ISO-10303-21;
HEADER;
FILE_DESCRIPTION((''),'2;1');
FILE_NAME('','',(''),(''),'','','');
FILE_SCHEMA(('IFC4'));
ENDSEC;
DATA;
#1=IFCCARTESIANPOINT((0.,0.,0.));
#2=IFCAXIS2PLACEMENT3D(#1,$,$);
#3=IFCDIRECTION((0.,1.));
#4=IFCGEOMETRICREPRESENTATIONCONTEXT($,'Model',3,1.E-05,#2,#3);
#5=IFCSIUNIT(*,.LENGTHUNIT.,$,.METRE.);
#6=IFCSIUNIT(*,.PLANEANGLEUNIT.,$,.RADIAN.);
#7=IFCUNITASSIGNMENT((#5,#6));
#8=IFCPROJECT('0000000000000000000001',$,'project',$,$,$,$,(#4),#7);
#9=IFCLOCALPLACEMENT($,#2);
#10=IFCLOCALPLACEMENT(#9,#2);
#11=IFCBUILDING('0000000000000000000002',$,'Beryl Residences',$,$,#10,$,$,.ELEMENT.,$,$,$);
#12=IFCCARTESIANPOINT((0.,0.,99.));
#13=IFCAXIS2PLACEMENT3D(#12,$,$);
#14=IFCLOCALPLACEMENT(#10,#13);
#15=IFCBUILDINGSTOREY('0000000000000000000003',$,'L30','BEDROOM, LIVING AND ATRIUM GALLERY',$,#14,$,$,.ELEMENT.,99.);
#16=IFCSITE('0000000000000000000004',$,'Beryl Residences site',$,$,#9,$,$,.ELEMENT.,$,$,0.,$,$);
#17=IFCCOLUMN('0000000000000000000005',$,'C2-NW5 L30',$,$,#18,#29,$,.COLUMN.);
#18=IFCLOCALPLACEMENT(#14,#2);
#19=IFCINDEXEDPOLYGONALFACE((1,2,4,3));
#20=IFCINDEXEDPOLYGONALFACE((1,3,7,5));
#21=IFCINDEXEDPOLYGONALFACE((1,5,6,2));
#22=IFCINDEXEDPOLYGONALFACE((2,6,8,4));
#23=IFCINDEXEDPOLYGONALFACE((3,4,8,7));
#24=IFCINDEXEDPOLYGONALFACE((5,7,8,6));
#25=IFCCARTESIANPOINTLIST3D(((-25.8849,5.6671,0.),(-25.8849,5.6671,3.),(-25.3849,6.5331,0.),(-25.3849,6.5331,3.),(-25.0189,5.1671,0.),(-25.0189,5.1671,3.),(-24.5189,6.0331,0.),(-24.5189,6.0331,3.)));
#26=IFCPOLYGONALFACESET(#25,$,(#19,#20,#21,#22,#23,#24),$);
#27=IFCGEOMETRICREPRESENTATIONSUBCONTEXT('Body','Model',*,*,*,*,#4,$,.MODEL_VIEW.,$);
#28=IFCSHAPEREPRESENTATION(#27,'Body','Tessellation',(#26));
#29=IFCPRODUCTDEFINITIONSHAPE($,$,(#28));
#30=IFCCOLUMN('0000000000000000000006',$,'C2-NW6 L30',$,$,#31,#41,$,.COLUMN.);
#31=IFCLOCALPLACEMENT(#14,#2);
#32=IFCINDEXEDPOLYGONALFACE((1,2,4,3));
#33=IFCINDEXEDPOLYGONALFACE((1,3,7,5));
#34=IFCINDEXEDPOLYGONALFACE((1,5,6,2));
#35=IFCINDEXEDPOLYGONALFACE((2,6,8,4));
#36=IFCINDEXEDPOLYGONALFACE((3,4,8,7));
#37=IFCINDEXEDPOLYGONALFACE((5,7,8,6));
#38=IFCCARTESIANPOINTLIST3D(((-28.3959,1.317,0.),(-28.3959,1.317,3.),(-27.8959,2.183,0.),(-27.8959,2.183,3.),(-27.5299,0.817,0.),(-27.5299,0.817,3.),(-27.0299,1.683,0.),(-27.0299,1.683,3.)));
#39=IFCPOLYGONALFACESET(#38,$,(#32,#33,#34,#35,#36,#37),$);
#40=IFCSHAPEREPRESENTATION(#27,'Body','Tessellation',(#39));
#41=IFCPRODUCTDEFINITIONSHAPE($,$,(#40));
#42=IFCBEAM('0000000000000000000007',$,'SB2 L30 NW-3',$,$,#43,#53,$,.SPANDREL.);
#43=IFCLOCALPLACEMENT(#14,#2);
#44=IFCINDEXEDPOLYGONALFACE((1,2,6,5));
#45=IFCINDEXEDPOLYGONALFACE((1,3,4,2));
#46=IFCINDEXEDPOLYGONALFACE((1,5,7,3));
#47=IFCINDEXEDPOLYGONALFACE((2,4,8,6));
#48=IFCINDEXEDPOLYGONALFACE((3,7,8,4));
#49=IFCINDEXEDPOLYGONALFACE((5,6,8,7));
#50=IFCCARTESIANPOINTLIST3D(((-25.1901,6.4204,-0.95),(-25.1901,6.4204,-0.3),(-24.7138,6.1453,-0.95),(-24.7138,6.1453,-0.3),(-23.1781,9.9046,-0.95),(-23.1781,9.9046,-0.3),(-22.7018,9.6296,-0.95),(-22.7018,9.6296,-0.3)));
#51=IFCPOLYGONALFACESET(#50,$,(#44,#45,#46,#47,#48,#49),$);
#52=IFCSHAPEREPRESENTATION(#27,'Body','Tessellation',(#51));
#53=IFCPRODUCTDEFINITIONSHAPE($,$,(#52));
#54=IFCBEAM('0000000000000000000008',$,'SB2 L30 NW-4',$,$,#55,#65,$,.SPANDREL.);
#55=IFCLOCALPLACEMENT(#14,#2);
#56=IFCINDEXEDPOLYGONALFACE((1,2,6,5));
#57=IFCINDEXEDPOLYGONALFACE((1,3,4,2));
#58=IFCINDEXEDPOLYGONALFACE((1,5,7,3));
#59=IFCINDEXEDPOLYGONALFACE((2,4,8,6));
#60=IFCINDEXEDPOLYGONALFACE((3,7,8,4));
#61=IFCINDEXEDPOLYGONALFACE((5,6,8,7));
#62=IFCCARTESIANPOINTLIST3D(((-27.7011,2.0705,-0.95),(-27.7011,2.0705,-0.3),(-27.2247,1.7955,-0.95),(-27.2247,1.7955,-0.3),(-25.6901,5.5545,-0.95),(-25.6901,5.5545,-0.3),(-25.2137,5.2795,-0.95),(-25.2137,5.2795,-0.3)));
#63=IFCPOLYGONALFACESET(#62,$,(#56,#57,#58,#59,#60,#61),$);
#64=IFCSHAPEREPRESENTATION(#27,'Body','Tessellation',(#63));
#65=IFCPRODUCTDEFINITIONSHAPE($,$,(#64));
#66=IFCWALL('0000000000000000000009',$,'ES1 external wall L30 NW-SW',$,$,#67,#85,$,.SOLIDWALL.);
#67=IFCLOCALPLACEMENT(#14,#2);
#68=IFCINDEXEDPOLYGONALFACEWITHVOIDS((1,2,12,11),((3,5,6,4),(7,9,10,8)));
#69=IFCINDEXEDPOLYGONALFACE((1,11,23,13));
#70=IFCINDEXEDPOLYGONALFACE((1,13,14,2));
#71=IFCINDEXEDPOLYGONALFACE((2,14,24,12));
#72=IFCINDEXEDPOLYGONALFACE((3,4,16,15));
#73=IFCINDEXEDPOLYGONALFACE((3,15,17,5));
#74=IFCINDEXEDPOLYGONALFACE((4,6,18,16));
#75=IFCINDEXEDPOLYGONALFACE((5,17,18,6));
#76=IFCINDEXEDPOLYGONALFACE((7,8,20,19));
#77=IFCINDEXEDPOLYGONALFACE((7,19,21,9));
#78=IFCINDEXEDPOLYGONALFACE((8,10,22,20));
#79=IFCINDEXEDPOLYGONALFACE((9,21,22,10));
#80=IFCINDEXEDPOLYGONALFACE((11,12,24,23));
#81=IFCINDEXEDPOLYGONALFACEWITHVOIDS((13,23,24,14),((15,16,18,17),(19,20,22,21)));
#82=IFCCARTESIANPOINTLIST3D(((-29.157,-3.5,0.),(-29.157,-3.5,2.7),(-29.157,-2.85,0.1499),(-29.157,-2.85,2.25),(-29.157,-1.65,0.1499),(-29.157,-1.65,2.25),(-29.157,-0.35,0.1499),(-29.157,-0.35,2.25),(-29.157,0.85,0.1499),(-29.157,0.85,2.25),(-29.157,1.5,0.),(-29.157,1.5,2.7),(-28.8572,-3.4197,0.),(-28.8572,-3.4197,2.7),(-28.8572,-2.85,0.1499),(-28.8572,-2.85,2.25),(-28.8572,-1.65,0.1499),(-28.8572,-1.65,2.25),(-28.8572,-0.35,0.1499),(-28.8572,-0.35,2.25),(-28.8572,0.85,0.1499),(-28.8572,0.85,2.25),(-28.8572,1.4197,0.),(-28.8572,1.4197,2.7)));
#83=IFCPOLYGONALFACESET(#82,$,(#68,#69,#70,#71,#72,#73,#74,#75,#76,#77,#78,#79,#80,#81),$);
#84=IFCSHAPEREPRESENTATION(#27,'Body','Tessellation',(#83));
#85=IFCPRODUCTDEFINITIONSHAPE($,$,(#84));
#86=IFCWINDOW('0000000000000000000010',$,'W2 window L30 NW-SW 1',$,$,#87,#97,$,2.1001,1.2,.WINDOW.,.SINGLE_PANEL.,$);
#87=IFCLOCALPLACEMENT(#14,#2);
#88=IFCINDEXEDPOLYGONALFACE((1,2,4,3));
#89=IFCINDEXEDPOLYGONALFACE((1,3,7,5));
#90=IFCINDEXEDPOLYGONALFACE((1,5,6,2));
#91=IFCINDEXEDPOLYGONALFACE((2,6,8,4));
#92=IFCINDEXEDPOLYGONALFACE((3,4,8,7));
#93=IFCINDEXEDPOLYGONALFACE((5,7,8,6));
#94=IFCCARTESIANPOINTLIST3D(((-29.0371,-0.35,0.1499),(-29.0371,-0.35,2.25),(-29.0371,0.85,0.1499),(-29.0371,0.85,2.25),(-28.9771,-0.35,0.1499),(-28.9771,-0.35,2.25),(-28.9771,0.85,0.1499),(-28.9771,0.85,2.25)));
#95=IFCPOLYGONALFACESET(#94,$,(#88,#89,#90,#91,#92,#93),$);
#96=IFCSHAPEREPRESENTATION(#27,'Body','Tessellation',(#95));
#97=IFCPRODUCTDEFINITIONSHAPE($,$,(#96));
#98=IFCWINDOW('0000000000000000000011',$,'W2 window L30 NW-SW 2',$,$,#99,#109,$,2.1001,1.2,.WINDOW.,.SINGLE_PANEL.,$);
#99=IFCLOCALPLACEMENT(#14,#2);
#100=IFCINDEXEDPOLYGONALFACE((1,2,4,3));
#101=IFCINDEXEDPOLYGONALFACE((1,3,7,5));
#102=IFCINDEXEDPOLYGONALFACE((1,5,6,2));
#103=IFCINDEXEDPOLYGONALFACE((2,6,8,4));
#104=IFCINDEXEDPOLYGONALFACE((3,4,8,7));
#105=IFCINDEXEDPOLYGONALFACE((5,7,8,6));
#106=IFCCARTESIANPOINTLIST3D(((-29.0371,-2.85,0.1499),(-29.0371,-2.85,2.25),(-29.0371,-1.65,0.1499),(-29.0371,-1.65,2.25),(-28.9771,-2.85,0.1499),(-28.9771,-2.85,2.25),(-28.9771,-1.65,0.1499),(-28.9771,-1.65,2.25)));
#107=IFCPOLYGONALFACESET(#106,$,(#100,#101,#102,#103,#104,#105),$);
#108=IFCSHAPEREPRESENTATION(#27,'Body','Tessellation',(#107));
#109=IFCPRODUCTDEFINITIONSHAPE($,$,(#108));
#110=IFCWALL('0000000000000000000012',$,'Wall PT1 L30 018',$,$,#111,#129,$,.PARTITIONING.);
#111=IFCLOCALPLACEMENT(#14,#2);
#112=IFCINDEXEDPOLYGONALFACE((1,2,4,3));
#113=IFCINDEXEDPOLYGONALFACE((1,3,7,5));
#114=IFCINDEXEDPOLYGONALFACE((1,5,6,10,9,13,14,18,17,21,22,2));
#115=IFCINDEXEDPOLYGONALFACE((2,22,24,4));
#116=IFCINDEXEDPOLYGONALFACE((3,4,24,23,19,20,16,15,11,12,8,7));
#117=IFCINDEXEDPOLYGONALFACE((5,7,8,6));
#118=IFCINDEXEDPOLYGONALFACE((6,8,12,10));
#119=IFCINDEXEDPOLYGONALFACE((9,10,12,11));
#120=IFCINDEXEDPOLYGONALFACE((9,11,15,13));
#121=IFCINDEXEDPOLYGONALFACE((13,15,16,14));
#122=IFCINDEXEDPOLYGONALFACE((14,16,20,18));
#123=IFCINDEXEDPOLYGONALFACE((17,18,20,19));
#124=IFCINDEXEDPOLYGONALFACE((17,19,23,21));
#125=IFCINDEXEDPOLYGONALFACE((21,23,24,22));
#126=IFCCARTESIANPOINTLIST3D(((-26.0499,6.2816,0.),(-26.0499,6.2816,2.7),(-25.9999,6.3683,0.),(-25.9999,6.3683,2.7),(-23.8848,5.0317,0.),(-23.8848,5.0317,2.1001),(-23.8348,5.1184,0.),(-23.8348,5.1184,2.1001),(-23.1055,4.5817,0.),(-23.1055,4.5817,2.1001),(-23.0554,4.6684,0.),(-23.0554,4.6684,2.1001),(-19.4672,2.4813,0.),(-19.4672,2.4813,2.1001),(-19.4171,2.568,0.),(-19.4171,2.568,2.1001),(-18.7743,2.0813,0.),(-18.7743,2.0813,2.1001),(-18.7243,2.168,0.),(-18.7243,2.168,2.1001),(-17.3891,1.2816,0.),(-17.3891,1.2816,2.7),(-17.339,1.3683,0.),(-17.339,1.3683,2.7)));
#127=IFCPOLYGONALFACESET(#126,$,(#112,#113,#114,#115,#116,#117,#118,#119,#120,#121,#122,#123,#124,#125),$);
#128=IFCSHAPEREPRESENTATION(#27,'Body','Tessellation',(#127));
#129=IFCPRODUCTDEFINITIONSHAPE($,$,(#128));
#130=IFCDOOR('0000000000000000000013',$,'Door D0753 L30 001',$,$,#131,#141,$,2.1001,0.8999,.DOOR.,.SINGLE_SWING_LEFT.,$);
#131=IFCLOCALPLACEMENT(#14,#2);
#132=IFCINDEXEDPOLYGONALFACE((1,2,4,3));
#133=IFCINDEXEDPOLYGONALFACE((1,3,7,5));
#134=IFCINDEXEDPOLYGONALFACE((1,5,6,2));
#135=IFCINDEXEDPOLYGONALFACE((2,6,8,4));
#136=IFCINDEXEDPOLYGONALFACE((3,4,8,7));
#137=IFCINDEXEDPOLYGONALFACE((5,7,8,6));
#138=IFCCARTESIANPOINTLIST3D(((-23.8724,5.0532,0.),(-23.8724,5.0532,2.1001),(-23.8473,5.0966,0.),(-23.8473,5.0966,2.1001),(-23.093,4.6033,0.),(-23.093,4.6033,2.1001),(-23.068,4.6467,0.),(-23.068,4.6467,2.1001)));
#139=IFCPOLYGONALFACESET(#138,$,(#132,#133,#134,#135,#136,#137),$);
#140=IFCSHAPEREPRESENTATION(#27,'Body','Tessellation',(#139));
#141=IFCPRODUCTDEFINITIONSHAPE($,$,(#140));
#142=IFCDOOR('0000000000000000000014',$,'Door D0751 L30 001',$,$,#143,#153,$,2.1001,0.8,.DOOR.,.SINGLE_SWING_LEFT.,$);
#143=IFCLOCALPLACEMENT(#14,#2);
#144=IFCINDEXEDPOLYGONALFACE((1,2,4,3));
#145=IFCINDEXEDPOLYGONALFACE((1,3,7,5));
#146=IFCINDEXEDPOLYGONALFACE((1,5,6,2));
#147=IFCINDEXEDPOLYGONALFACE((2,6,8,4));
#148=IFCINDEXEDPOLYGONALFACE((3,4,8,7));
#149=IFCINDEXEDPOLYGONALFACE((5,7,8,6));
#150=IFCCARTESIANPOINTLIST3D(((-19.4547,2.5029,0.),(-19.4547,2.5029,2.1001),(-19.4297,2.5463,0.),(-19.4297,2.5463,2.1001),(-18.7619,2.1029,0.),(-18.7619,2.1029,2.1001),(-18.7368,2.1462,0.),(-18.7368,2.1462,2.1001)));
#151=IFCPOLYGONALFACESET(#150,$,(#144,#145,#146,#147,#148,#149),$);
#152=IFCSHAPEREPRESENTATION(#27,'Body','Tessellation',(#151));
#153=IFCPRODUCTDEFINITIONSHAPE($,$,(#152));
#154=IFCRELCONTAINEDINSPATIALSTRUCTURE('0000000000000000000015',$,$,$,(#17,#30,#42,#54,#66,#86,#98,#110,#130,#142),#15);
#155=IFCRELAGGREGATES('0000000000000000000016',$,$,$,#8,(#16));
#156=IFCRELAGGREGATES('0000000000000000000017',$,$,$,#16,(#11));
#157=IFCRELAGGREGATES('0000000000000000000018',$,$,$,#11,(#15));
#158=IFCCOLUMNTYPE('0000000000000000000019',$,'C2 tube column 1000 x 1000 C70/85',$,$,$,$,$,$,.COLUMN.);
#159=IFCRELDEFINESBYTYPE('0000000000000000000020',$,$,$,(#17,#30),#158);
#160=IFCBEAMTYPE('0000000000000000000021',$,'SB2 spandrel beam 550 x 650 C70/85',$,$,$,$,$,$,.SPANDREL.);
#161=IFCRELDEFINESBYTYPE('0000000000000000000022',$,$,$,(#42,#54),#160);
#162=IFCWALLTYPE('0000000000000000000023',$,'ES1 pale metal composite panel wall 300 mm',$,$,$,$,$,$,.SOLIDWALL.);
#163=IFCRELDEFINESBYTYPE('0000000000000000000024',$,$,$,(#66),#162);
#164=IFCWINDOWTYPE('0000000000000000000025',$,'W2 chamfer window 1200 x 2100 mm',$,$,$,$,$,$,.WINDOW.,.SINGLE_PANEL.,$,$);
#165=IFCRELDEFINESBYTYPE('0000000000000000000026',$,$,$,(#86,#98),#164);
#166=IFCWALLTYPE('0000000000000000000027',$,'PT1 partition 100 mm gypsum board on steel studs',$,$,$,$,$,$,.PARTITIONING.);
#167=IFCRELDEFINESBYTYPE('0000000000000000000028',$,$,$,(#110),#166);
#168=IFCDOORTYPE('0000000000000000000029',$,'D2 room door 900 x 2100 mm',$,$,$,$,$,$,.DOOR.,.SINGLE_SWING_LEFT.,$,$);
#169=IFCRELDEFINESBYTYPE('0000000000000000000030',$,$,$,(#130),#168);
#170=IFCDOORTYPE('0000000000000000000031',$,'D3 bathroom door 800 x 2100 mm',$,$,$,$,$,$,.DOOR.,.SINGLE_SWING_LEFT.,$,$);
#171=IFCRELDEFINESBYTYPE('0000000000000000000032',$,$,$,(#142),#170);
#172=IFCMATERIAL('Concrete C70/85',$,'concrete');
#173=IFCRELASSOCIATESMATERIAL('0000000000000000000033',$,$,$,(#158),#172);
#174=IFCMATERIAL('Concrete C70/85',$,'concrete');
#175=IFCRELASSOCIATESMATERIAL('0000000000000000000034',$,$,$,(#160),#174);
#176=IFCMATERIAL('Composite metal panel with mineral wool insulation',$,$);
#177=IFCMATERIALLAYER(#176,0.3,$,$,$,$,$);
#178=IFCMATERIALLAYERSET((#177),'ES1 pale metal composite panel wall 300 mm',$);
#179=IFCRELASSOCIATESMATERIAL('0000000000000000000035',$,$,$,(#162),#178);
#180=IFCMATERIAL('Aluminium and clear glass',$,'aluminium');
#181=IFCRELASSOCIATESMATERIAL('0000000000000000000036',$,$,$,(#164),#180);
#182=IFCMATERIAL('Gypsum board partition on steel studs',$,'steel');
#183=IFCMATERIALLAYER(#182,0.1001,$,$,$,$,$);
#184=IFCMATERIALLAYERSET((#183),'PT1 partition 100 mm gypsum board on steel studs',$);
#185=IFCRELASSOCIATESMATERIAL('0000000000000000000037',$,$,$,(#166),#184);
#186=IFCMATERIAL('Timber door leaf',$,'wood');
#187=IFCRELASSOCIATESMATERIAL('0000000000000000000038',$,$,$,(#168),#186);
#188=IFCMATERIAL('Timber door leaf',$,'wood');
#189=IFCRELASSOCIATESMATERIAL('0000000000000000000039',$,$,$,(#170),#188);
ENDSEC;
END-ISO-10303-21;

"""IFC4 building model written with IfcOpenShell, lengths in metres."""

from ifc_helpers import new_model, si_unit, direction, frame, frame_2d, origin, origin_2d, place, context, subcontext, project, spatial, polyline, rectangle, outline, extrude, material, layer, layer_set, material_profile, profile_set, type_object, element, fill, save


model = new_model("IFC4")

# Units and contexts
model_context = context("Model", 3, precision=1e-05, world=origin(), true_north=direction((0.0, 1.0)))
body_context = subcontext(model_context, "Body", "Model", "MODEL_VIEW")
ifc_project = project(units=[si_unit("LENGTHUNIT", "METRE"), si_unit("PLANEANGLEUNIT", "RADIAN")], contexts=[model_context])

# Site, building, storey
site_placement = place(None, origin())
site = spatial("IfcSite", under=ifc_project, at=site_placement, Name="Beryl Residences site", CompositionType="ELEMENT", RefElevation=0.0)
building_placement = place(site_placement, origin())
building = spatial("IfcBuilding", under=site, at=building_placement, Name="Beryl Residences", CompositionType="ELEMENT")
storey_placement = place(building_placement, frame((0.0, 0.0, 99.0)))
storey = spatial("IfcBuildingStorey", under=building, at=storey_placement, Name="L30", Description="BEDROOM, LIVING AND ATRIUM GALLERY", CompositionType="ELEMENT", Elevation=99.0)

# Columns
ifc_material_1 = material(Name="Concrete C70/85", Category="concrete")
ifc_material_profile_1 = material_profile(ifc_material_1, rectangle(XDim=1.0, YDim=1.0, at=origin_2d()))
ifc_profile_set_1 = profile_set([ifc_material_profile_1], Name="Concrete C70/85")
column_type = type_object("IfcColumnType", Name="C2 tube column 1000 x 1000 C70/85", PredefinedType="COLUMN", material=ifc_profile_set_1)
for number, where, z_axis, x_axis, name in (
    (1, (-25.2019, 5.8501, 0.0), (0.0, 0.0, 1.0), (-0.5, -0.866025, 0.0), "C2-NW5 L30"),
    (2, (-27.7129, 1.5, 0.0), (0.0, 0.0, 1.0), (-0.5, -0.866025, 0.0), "C2-NW6 L30"),
):
    element("IfcColumn", number, at=place(storey_placement, frame(where, z_axis=z_axis, x_axis=x_axis)), inside=storey, type_object=column_type, Name=name, PredefinedType="COLUMN", context=body_context, shape_type="SweptSolid", body=[
        extrude(rectangle(XDim=1.0, YDim=1.0, at=origin_2d()), origin(), (0.0, 0.0, 1.0), 3.0),
    ])

# Beams
ifc_material_2 = material(Name="Concrete C70/85", Category="concrete")
ifc_material_profile_2 = material_profile(ifc_material_2, rectangle(XDim=0.55, YDim=0.6499, at=origin_2d()))
ifc_profile_set_2 = profile_set([ifc_material_profile_2], Name="Concrete C70/85")
beam_type = type_object("IfcBeamType", Name="SB2 spandrel beam 550 x 650 C70/85", PredefinedType="SPANDREL", material=ifc_profile_set_2)
beam_1_placement = place(storey_placement, frame((-22.9399, 9.7671, -0.625), z_axis=(-0.500074, -0.865982, 0.0), x_axis=(0.865982, -0.500074, 0.0)))
element("IfcBeam", 3, at=beam_1_placement, inside=storey, type_object=beam_type, Name="SB2 L30 NW-3", PredefinedType="SPANDREL", context=body_context, shape_type="SweptSolid", body=[
    extrude(rectangle(XDim=0.55, YDim=0.6499, at=origin_2d()), origin(), (0.0, 0.0, 1.0), 4.0234),
])
beam_2_placement = place(storey_placement, frame((-25.4519, 5.417, -0.625), z_axis=(-0.499919, -0.866072, 0.0), x_axis=(0.866072, -0.499919, 0.0)))
element("IfcBeam", 4, at=beam_2_placement, inside=storey, type_object=beam_type, Name="SB2 L30 NW-4", PredefinedType="SPANDREL", context=body_context, shape_type="SweptSolid", body=[
    extrude(rectangle(XDim=0.55, YDim=0.6499, at=origin_2d()), origin(), (0.0, 0.0, 1.0), 4.0227),
])

# Wall, openings, windows
ifc_material_3 = material(Name="Composite metal panel with mineral wool insulation")
ifc_layer_1 = layer(ifc_material_3, 0.3)
ifc_layer_set_1 = layer_set([ifc_layer_1], Name="ES1 pale metal composite panel wall 300 mm")
wall_type_1 = type_object("IfcWallType", Name="ES1 pale metal composite panel wall 300 mm", PredefinedType="SOLIDWALL", material=ifc_layer_set_1)
wall_1_placement = place(storey_placement, frame((-29.0071, 1.5, 0.0), z_axis=(0.0, 0.0, 1.0), x_axis=(0.0, -1.0, 0.0)))
wall_1 = element("IfcWall", 5, at=wall_1_placement, inside=storey, type_object=wall_type_1, Name="ES1 external wall L30 NW-SW", PredefinedType="SOLIDWALL", context=body_context, shape_type="SweptSolid", body=[
    extrude(outline(polyline([(0.0, -0.1499), (5.0, -0.1499), (4.9197, 0.1499), (0.0803, 0.1499), (0.0, -0.1499)])), origin(), (0.0, 0.0, 1.0), 2.7),
])
opening_1_placement = place(wall_1_placement, frame((0.6499, 0.0, 0.1499)))
opening_1 = element("IfcOpeningElement", 6, at=opening_1_placement, cuts=wall_1, PredefinedType="OPENING", context=body_context, shape_type="SweptSolid", body=[
    extrude(rectangle(XDim=1.2, YDim=2.1001, at=frame_2d((0.6001, 1.05))), frame((0.0, 0.1599, 0.0), z_axis=(0.0, -1.0, 0.0), x_axis=(1.0, 0.0, 0.0)), (0.0, 0.0, 1.0), 0.3201),
])
opening_2_placement = place(wall_1_placement, frame((3.1499, 0.0, 0.1499)))
opening_2 = element("IfcOpeningElement", 7, at=opening_2_placement, cuts=wall_1, PredefinedType="OPENING", context=body_context, shape_type="SweptSolid", body=[
    extrude(rectangle(XDim=1.2, YDim=2.1001, at=frame_2d((0.6001, 1.05))), frame((0.0, 0.1599, 0.0), z_axis=(0.0, -1.0, 0.0), x_axis=(1.0, 0.0, 0.0)), (0.0, 0.0, 1.0), 0.3201),
])
ifc_material_4 = material(Name="Aluminium and clear glass", Category="aluminium")
window_type = type_object("IfcWindowType", Name="W2 chamfer window 1200 x 2100 mm", PartitioningType="SINGLE_PANEL", PredefinedType="WINDOW", material=ifc_material_4)
window_1_placement = place(opening_1_placement, origin())
window_1 = element("IfcWindow", 8, at=window_1_placement, inside=storey, type_object=window_type, Name="W2 window L30 NW-SW 1", OverallHeight=2.1001, OverallWidth=1.2, PartitioningType="SINGLE_PANEL", PredefinedType="WINDOW", context=body_context, shape_type="SweptSolid", body=[
    extrude(rectangle(XDim=1.2, YDim=2.1001, at=frame_2d((0.6001, 1.05))), frame((0.0, 0.03, 0.0), z_axis=(0.0, -1.0, 0.0), x_axis=(1.0, 0.0, 0.0)), (0.0, 0.0, 1.0), 0.0601),
])
fill(opening_1, window_1)
window_2_placement = place(opening_2_placement, origin())
window_2 = element("IfcWindow", 9, at=window_2_placement, inside=storey, type_object=window_type, Name="W2 window L30 NW-SW 2", OverallHeight=2.1001, OverallWidth=1.2, PartitioningType="SINGLE_PANEL", PredefinedType="WINDOW", context=body_context, shape_type="SweptSolid", body=[
    extrude(rectangle(XDim=1.2, YDim=2.1001, at=frame_2d((0.6001, 1.05))), frame((0.0, 0.03, 0.0), z_axis=(0.0, -1.0, 0.0), x_axis=(1.0, 0.0, 0.0)), (0.0, 0.0, 1.0), 0.0601),
])
fill(opening_2, window_2)

# Wall, openings, doors
ifc_material_5 = material(Name="Gypsum board partition on steel studs", Category="steel")
ifc_layer_2 = layer(ifc_material_5, 0.1001)
ifc_layer_set_2 = layer_set([ifc_layer_2], Name="PT1 partition 100 mm gypsum board on steel studs")
wall_type_2 = type_object("IfcWallType", Name="PT1 partition 100 mm gypsum board on steel studs", PredefinedType="PARTITIONING", material=ifc_layer_set_2)
wall_2_placement = place(storey_placement, frame((-26.0249, 6.325, 0.0), z_axis=(0.0, 0.0, 1.0), x_axis=(0.866041, -0.499973, 0.0)))
wall_2 = element("IfcWall", 10, at=wall_2_placement, inside=storey, type_object=wall_type_2, Name="Wall PT1 L30 018", PredefinedType="PARTITIONING", context=body_context, shape_type="SweptSolid", body=[
    extrude(rectangle(XDim=10.0005, YDim=0.1001, at=frame_2d((5.0002, 0.0))), origin(), (0.0, 0.0, 1.0), 2.7),
])
opening_3_placement = place(wall_2_placement, frame((7.6011, 0.0, 0.0)))
opening_3 = element("IfcOpeningElement", 11, at=opening_3_placement, cuts=wall_2, PredefinedType="OPENING", context=body_context, shape_type="SweptSolid", body=[
    extrude(rectangle(XDim=0.8, YDim=2.1001, at=frame_2d((0.3999, 1.05))), frame((0.0, 0.0601, 0.0), z_axis=(0.0, -1.0, 0.0), x_axis=(1.0, 0.0, 0.0)), (0.0, 0.0, 1.0), 0.1201),
])
opening_4_placement = place(wall_2_placement, frame((2.5, 0.0, 0.0)))
opening_4 = element("IfcOpeningElement", 12, at=opening_4_placement, cuts=wall_2, PredefinedType="OPENING", context=body_context, shape_type="SweptSolid", body=[
    extrude(rectangle(XDim=0.8999, YDim=2.1001, at=frame_2d((0.45, 1.05))), frame((0.0, 0.0601, 0.0), z_axis=(0.0, -1.0, 0.0), x_axis=(1.0, 0.0, 0.0)), (0.0, 0.0, 1.0), 0.1201),
])
ifc_material_6 = material(Name="Timber door leaf", Category="wood")
door_type_1 = type_object("IfcDoorType", Name="D2 room door 900 x 2100 mm", OperationType="SINGLE_SWING_LEFT", PredefinedType="DOOR", material=ifc_material_6)
door_1_placement = place(opening_4_placement, origin())
door_1 = element("IfcDoor", 13, at=door_1_placement, inside=storey, type_object=door_type_1, Name="Door D0753 L30 001", OperationType="SINGLE_SWING_LEFT", OverallHeight=2.1001, OverallWidth=0.8999, PredefinedType="DOOR", context=body_context, shape_type="SweptSolid", body=[
    extrude(rectangle(XDim=0.8999, YDim=2.1001, at=frame_2d((0.45, 1.05))), frame((0.0, 0.0249, 0.0), z_axis=(0.0, -1.0, 0.0), x_axis=(1.0, 0.0, 0.0)), (0.0, 0.0, 1.0), 0.05),
])
fill(opening_4, door_1)
ifc_material_7 = material(Name="Timber door leaf", Category="wood")
door_type_2 = type_object("IfcDoorType", Name="D3 bathroom door 800 x 2100 mm", OperationType="SINGLE_SWING_LEFT", PredefinedType="DOOR", material=ifc_material_7)
door_2_placement = place(opening_3_placement, origin())
door_2 = element("IfcDoor", 14, at=door_2_placement, inside=storey, type_object=door_type_2, Name="Door D0751 L30 001", OperationType="SINGLE_SWING_LEFT", OverallHeight=2.1001, OverallWidth=0.8, PredefinedType="DOOR", context=body_context, shape_type="SweptSolid", body=[
    extrude(rectangle(XDim=0.8, YDim=2.1001, at=frame_2d((0.3999, 1.05))), frame((0.0, 0.0249, 0.0), z_axis=(0.0, -1.0, 0.0), x_axis=(1.0, 0.0, 0.0)), (0.0, 0.0, 1.0), 0.05),
])
fill(opening_3, door_2)

save(model, "model.ifc")
